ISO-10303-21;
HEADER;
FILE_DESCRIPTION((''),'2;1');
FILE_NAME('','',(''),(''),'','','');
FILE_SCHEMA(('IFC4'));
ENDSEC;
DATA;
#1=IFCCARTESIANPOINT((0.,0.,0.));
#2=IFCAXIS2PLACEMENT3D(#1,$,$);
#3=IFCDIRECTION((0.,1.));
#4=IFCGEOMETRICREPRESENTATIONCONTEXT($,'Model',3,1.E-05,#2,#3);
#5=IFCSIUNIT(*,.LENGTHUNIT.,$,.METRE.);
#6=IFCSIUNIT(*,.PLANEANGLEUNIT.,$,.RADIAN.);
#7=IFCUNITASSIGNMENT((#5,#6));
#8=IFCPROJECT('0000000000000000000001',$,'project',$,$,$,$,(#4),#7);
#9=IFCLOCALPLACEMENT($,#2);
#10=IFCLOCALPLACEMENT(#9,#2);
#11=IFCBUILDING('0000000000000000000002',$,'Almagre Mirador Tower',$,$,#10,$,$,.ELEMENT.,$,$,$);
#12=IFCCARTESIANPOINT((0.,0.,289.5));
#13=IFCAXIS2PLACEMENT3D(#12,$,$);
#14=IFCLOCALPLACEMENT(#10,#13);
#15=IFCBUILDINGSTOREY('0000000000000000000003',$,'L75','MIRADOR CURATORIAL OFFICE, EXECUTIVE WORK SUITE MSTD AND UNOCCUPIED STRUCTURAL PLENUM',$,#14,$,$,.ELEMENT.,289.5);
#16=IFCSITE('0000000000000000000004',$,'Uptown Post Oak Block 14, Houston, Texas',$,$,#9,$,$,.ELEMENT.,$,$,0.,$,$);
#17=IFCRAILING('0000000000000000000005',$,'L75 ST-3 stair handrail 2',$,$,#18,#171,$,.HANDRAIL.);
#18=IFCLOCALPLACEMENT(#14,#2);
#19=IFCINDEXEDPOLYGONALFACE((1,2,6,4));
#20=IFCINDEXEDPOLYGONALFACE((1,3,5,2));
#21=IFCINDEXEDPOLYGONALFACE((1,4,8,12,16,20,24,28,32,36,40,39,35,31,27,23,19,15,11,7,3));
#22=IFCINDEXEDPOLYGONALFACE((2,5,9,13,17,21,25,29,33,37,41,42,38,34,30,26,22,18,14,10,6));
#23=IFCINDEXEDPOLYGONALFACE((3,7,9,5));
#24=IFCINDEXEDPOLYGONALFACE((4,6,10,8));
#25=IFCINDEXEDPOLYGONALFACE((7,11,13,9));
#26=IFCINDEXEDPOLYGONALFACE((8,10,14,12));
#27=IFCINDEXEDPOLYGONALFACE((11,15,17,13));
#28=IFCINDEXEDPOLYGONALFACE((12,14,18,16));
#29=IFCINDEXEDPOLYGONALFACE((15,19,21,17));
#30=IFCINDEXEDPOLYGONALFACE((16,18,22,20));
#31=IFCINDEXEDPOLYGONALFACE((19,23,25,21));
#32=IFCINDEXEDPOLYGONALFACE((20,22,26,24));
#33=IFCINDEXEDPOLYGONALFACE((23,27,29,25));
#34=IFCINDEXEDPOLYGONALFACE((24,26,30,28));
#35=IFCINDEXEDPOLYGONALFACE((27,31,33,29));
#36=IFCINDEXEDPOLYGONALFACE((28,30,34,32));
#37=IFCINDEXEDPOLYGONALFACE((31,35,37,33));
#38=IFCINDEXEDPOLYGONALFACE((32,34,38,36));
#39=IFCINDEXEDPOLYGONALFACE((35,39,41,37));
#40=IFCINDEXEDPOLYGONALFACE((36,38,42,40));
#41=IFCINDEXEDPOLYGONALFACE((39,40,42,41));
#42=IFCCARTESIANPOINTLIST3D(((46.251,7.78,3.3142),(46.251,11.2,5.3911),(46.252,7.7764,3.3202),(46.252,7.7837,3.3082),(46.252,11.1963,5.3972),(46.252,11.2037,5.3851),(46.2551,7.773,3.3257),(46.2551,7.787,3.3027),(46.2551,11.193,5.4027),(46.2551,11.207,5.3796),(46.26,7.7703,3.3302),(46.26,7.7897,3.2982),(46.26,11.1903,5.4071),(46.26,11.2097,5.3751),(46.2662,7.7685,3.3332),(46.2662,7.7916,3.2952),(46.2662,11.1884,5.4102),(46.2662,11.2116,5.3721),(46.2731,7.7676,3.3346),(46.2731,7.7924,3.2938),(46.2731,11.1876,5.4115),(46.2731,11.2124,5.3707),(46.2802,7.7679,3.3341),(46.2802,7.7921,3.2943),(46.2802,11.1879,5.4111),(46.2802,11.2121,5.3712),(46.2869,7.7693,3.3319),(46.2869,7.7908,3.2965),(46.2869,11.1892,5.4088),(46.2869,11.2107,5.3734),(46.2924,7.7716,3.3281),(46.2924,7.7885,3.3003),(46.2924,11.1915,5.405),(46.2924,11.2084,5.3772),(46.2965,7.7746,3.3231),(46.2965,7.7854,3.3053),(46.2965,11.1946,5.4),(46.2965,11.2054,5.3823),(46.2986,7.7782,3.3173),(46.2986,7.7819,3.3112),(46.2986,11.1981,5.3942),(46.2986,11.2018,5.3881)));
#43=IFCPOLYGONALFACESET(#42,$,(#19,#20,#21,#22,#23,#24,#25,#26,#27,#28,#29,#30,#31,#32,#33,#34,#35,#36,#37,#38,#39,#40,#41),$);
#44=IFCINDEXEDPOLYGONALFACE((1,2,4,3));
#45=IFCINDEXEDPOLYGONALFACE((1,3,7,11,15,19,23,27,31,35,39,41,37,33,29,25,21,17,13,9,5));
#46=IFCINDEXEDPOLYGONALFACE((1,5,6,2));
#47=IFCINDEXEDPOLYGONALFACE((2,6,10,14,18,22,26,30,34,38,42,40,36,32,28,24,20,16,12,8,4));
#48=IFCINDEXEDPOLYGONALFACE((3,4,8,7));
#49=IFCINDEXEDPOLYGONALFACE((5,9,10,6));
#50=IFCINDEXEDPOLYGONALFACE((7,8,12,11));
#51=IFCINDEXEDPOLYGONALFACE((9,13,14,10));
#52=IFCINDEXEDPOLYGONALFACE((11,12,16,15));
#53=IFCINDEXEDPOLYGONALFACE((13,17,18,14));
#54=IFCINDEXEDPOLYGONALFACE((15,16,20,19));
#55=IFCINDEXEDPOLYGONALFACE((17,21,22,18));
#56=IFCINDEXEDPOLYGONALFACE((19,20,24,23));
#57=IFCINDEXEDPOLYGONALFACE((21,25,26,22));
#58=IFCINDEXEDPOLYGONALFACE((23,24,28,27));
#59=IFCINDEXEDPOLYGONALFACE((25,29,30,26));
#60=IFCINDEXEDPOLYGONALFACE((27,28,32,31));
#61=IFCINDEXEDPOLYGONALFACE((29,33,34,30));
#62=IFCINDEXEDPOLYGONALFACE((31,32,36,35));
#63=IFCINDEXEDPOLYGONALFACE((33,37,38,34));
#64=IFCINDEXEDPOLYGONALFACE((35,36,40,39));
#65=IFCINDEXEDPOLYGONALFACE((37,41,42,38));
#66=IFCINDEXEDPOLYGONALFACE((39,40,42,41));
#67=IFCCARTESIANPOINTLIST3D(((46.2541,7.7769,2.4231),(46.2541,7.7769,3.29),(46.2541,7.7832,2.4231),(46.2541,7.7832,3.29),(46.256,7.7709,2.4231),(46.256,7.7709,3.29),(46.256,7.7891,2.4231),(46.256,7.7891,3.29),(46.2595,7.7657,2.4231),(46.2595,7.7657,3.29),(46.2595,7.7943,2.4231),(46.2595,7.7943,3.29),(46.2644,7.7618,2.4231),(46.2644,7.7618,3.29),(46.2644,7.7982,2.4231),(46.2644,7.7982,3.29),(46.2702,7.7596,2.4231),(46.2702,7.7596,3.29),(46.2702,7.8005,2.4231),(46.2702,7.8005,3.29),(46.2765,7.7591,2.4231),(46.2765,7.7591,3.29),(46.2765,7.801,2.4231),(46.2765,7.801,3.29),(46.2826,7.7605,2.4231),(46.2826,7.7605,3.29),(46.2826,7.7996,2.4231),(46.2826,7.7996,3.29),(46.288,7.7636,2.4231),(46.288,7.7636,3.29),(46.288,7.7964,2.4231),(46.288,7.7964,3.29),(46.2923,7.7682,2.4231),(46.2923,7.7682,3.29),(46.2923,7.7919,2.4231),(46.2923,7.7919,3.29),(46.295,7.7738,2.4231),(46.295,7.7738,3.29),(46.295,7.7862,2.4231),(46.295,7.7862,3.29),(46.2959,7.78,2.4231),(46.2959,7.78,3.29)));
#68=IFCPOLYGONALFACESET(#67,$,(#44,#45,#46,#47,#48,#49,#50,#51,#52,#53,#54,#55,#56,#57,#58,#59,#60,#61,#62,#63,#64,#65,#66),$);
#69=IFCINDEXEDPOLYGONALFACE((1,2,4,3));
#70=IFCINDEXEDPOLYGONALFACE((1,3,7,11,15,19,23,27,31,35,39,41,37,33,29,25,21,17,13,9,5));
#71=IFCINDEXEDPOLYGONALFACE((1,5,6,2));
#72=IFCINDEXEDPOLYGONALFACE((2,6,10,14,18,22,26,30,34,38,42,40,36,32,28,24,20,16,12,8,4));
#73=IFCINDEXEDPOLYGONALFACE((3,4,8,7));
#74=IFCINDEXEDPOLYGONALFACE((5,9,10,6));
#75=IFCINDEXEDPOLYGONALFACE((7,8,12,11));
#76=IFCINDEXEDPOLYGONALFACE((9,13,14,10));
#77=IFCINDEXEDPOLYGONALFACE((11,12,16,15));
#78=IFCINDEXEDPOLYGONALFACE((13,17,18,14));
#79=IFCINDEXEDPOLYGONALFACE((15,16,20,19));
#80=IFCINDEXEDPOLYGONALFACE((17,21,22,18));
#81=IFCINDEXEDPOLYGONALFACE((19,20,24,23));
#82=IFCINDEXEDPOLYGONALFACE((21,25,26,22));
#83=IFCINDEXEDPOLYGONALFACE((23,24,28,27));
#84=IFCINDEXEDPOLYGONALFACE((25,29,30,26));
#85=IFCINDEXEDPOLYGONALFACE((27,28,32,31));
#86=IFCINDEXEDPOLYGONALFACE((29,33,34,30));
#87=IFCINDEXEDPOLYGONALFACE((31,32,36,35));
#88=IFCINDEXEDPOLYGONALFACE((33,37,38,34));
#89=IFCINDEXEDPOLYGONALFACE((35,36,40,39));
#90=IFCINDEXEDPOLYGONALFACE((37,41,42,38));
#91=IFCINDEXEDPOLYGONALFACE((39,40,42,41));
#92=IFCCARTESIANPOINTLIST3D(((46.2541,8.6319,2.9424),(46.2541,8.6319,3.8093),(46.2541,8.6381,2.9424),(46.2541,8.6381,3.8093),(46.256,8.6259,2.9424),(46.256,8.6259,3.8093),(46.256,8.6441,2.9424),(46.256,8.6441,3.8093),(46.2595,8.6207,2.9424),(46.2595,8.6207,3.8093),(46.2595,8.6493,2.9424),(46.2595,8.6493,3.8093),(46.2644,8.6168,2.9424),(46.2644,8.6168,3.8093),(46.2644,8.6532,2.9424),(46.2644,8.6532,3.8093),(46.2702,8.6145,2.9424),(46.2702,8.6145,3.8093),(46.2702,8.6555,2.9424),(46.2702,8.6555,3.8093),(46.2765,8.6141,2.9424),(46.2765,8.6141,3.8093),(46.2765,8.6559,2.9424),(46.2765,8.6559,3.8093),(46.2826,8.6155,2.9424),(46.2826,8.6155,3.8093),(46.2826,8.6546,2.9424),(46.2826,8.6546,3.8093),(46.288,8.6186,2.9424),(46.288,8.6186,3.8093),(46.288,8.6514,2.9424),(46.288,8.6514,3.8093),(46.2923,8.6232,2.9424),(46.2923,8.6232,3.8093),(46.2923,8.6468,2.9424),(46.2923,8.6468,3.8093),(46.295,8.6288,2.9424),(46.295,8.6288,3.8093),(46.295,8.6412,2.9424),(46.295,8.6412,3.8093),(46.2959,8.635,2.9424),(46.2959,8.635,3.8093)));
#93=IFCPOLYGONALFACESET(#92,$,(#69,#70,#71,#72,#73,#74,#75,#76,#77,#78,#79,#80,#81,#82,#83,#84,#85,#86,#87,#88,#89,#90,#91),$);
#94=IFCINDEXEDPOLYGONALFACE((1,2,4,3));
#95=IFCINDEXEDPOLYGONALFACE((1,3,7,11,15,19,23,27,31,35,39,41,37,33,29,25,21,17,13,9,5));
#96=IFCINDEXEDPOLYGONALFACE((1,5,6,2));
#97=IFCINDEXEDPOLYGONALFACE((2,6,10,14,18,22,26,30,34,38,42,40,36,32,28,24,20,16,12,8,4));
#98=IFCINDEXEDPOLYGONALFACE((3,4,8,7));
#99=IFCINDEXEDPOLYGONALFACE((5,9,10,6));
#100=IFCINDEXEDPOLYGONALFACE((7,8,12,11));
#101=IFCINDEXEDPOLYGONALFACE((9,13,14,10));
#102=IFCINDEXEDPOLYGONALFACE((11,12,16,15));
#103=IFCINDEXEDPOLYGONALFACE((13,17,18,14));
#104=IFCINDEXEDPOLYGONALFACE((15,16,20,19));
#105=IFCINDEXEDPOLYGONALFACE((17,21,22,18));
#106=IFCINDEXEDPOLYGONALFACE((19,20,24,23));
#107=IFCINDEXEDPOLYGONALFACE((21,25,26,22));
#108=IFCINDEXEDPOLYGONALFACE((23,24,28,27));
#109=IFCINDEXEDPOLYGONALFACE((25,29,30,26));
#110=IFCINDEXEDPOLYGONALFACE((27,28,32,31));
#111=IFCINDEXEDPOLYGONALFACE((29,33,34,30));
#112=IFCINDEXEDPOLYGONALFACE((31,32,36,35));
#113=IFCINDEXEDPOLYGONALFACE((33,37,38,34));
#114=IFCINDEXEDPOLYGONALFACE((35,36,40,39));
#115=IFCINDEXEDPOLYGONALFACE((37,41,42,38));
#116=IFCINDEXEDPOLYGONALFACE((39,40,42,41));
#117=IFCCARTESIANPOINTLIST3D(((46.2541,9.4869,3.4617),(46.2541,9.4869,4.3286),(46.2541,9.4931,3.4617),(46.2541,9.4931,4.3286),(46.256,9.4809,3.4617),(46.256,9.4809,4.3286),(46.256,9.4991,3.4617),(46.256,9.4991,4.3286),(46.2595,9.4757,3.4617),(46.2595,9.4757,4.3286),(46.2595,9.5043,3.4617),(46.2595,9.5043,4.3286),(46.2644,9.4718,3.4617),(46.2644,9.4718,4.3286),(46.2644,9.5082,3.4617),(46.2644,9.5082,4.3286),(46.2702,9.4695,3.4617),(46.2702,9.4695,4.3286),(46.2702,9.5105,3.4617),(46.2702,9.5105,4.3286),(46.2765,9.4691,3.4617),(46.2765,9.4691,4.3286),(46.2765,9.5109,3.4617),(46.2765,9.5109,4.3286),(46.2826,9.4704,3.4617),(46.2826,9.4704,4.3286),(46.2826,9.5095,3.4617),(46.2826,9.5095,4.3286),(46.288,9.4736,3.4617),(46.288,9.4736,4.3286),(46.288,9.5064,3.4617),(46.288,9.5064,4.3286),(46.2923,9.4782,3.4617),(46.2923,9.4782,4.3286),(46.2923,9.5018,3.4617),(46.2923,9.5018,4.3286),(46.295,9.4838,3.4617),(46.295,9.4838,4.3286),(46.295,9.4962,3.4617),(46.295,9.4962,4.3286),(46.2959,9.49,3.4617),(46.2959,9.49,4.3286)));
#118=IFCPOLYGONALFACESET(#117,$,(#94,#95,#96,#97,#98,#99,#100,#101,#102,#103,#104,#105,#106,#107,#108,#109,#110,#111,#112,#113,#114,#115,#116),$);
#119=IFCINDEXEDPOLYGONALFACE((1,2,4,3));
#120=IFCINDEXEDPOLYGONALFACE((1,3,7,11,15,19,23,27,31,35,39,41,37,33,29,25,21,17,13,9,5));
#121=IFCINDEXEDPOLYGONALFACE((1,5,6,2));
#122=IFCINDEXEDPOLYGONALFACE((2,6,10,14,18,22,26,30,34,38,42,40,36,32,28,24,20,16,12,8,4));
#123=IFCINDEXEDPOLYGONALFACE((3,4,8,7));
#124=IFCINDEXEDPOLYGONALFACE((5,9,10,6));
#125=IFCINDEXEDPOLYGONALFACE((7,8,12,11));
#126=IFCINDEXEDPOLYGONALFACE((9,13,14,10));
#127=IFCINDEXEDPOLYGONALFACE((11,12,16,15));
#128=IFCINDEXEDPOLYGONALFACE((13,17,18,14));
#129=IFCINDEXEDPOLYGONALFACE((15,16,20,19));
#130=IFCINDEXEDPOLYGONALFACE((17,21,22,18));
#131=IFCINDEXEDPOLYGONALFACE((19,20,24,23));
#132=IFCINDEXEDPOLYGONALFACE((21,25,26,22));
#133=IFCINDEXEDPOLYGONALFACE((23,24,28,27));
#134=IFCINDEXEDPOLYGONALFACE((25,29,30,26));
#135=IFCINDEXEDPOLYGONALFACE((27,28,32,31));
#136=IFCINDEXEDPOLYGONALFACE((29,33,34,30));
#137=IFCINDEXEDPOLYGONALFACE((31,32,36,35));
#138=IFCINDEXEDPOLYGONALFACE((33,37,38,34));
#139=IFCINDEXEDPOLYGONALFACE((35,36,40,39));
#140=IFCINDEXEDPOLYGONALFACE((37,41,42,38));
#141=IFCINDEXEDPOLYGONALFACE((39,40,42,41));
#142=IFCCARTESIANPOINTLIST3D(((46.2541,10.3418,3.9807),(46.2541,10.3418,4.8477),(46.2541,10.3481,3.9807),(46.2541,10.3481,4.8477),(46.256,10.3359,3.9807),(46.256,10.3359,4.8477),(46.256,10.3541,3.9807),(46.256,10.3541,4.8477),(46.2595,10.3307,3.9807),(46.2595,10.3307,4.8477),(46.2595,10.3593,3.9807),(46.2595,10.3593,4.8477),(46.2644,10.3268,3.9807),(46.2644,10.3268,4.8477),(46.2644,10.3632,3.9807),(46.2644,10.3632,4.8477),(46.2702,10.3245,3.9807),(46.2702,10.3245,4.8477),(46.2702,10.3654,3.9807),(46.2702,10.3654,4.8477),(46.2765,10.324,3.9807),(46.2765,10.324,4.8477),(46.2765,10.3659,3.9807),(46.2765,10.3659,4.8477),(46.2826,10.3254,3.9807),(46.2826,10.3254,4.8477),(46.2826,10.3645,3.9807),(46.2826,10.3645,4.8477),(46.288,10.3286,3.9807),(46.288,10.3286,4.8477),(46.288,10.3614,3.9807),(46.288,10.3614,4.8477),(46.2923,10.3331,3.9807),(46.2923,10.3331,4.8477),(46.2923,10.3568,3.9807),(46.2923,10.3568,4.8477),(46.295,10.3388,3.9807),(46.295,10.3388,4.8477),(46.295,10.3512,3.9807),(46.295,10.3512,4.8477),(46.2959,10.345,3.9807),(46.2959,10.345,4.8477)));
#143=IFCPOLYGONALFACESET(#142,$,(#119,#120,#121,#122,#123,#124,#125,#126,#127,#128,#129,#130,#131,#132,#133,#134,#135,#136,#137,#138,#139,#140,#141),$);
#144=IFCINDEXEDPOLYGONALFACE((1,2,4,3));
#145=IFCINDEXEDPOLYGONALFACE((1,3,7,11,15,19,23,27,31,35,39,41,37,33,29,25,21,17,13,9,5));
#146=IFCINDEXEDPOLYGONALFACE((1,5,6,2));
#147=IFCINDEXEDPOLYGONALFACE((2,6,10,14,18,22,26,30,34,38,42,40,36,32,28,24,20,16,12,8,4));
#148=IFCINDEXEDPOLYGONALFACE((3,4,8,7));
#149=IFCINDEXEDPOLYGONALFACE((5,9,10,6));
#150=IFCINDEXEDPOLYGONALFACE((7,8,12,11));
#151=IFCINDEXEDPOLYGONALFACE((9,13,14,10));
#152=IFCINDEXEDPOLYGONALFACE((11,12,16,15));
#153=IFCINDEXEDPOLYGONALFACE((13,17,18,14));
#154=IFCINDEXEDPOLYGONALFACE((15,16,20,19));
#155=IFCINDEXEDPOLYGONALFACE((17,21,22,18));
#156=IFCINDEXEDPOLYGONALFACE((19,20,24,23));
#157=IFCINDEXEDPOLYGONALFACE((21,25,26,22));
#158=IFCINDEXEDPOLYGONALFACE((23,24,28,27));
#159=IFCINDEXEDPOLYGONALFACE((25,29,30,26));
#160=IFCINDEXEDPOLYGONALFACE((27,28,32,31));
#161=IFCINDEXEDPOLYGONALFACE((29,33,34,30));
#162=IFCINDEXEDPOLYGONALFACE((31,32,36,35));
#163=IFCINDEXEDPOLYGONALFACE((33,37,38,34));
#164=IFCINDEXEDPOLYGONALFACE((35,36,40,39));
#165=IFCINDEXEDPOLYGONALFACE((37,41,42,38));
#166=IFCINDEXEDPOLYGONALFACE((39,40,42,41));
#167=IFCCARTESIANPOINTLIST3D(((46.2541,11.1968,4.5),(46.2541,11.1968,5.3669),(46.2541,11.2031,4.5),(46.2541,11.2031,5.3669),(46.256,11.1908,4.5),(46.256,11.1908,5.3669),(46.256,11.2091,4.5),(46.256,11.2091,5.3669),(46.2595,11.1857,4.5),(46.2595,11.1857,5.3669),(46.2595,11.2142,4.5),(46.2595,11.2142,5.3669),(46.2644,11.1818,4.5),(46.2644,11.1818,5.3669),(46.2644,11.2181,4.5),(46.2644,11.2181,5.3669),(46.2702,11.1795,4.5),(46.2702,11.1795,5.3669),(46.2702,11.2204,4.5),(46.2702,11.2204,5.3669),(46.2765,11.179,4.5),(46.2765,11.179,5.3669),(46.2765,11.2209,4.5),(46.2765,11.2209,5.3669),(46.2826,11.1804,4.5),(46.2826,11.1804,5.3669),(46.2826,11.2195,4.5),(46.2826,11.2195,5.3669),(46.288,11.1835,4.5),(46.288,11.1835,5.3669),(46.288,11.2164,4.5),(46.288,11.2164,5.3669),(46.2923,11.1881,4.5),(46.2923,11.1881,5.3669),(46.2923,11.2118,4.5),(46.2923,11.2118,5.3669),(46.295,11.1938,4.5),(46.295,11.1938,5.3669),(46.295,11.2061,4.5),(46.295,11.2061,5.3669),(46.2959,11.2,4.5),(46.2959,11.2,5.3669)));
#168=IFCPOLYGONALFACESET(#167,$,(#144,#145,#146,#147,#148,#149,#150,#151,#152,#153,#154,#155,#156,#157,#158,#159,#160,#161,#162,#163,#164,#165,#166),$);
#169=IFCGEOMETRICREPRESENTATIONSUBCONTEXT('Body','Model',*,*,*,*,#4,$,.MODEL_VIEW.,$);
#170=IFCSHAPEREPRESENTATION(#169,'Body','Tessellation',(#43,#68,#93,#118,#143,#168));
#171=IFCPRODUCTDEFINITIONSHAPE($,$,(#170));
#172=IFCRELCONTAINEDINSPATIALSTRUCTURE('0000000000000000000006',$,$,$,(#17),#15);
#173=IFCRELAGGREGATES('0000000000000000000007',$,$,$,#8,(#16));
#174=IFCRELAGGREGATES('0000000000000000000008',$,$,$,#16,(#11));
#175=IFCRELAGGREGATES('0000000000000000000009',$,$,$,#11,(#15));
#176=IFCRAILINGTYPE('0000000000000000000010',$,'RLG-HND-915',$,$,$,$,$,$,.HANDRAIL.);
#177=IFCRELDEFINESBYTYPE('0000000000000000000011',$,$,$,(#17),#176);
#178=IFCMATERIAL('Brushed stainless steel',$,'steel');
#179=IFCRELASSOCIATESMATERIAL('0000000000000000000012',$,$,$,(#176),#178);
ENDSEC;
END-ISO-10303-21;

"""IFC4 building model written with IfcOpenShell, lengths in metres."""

from ifc_helpers import new_model, si_unit, direction, frame, origin, origin_2d, place, context, subcontext, project, spatial, circle, extrude, material, type_object, element, save


model = new_model("IFC4")

# Units and contexts
model_context = context("Model", 3, precision=1e-05, world=origin(), true_north=direction((0.0, 1.0)))
body_context = subcontext(model_context, "Body", "Model", "MODEL_VIEW")
ifc_project = project(units=[si_unit("LENGTHUNIT", "METRE"), si_unit("PLANEANGLEUNIT", "RADIAN")], contexts=[model_context])

# Site, building, storey
site_placement = place(None, origin())
site = spatial("IfcSite", under=ifc_project, at=site_placement, Name="Uptown Post Oak Block 14, Houston, Texas", CompositionType="ELEMENT", RefElevation=0.0)
building_placement = place(site_placement, origin())
building = spatial("IfcBuilding", under=site, at=building_placement, Name="Almagre Mirador Tower", CompositionType="ELEMENT")
storey_placement = place(building_placement, frame((0.0, 0.0, 289.5)))
storey = spatial("IfcBuildingStorey", under=building, at=storey_placement, Name="L75", Description="MIRADOR CURATORIAL OFFICE, EXECUTIVE WORK SUITE MSTD AND UNOCCUPIED STRUCTURAL PLENUM", CompositionType="ELEMENT", Elevation=289.5)

# Railing
ifc_material_1 = material(Name="Brushed stainless steel", Category="steel")
railing_type_1 = type_object("IfcRailingType", Name="RLG-HND-915", PredefinedType="HANDRAIL", material=ifc_material_1)
railing_1_placement = place(storey_placement, frame((46.2749, 7.78, 2.4231)))
element("IfcRailing", 1, at=railing_1_placement, inside=storey, type_object=railing_type_1, Name="L75 ST-3 stair handrail 2", PredefinedType="HANDRAIL", context=body_context, shape_type="SweptSolid", body=[
    extrude(circle(Radius=0.0239, at=origin_2d()), frame((0.0, 0.0, 0.8911), z_axis=(0.0, 0.85473, 0.519074), x_axis=(-1.0, 0.0, 0.0)), (0.0, 0.0, 1.0), 4.0012),
    extrude(circle(Radius=0.021, at=origin_2d()), origin(), (0.0, 0.0, 1.0), 0.8669),
    extrude(circle(Radius=0.021, at=origin_2d()), frame((0.0, 0.855, 0.5193)), (0.0, 0.0, 1.0), 0.8669),
    extrude(circle(Radius=0.021, at=origin_2d()), frame((0.0, 1.71, 1.0386)), (0.0, 0.0, 1.0), 0.8669),
    extrude(circle(Radius=0.021, at=origin_2d()), frame((0.0, 2.5649, 1.5576)), (0.0, 0.0, 1.0), 0.8669),
    extrude(circle(Radius=0.021, at=origin_2d()), frame((0.0, 3.4199, 2.0769)), (0.0, 0.0, 1.0), 0.8669),
])

save(model, "model.ifc")
